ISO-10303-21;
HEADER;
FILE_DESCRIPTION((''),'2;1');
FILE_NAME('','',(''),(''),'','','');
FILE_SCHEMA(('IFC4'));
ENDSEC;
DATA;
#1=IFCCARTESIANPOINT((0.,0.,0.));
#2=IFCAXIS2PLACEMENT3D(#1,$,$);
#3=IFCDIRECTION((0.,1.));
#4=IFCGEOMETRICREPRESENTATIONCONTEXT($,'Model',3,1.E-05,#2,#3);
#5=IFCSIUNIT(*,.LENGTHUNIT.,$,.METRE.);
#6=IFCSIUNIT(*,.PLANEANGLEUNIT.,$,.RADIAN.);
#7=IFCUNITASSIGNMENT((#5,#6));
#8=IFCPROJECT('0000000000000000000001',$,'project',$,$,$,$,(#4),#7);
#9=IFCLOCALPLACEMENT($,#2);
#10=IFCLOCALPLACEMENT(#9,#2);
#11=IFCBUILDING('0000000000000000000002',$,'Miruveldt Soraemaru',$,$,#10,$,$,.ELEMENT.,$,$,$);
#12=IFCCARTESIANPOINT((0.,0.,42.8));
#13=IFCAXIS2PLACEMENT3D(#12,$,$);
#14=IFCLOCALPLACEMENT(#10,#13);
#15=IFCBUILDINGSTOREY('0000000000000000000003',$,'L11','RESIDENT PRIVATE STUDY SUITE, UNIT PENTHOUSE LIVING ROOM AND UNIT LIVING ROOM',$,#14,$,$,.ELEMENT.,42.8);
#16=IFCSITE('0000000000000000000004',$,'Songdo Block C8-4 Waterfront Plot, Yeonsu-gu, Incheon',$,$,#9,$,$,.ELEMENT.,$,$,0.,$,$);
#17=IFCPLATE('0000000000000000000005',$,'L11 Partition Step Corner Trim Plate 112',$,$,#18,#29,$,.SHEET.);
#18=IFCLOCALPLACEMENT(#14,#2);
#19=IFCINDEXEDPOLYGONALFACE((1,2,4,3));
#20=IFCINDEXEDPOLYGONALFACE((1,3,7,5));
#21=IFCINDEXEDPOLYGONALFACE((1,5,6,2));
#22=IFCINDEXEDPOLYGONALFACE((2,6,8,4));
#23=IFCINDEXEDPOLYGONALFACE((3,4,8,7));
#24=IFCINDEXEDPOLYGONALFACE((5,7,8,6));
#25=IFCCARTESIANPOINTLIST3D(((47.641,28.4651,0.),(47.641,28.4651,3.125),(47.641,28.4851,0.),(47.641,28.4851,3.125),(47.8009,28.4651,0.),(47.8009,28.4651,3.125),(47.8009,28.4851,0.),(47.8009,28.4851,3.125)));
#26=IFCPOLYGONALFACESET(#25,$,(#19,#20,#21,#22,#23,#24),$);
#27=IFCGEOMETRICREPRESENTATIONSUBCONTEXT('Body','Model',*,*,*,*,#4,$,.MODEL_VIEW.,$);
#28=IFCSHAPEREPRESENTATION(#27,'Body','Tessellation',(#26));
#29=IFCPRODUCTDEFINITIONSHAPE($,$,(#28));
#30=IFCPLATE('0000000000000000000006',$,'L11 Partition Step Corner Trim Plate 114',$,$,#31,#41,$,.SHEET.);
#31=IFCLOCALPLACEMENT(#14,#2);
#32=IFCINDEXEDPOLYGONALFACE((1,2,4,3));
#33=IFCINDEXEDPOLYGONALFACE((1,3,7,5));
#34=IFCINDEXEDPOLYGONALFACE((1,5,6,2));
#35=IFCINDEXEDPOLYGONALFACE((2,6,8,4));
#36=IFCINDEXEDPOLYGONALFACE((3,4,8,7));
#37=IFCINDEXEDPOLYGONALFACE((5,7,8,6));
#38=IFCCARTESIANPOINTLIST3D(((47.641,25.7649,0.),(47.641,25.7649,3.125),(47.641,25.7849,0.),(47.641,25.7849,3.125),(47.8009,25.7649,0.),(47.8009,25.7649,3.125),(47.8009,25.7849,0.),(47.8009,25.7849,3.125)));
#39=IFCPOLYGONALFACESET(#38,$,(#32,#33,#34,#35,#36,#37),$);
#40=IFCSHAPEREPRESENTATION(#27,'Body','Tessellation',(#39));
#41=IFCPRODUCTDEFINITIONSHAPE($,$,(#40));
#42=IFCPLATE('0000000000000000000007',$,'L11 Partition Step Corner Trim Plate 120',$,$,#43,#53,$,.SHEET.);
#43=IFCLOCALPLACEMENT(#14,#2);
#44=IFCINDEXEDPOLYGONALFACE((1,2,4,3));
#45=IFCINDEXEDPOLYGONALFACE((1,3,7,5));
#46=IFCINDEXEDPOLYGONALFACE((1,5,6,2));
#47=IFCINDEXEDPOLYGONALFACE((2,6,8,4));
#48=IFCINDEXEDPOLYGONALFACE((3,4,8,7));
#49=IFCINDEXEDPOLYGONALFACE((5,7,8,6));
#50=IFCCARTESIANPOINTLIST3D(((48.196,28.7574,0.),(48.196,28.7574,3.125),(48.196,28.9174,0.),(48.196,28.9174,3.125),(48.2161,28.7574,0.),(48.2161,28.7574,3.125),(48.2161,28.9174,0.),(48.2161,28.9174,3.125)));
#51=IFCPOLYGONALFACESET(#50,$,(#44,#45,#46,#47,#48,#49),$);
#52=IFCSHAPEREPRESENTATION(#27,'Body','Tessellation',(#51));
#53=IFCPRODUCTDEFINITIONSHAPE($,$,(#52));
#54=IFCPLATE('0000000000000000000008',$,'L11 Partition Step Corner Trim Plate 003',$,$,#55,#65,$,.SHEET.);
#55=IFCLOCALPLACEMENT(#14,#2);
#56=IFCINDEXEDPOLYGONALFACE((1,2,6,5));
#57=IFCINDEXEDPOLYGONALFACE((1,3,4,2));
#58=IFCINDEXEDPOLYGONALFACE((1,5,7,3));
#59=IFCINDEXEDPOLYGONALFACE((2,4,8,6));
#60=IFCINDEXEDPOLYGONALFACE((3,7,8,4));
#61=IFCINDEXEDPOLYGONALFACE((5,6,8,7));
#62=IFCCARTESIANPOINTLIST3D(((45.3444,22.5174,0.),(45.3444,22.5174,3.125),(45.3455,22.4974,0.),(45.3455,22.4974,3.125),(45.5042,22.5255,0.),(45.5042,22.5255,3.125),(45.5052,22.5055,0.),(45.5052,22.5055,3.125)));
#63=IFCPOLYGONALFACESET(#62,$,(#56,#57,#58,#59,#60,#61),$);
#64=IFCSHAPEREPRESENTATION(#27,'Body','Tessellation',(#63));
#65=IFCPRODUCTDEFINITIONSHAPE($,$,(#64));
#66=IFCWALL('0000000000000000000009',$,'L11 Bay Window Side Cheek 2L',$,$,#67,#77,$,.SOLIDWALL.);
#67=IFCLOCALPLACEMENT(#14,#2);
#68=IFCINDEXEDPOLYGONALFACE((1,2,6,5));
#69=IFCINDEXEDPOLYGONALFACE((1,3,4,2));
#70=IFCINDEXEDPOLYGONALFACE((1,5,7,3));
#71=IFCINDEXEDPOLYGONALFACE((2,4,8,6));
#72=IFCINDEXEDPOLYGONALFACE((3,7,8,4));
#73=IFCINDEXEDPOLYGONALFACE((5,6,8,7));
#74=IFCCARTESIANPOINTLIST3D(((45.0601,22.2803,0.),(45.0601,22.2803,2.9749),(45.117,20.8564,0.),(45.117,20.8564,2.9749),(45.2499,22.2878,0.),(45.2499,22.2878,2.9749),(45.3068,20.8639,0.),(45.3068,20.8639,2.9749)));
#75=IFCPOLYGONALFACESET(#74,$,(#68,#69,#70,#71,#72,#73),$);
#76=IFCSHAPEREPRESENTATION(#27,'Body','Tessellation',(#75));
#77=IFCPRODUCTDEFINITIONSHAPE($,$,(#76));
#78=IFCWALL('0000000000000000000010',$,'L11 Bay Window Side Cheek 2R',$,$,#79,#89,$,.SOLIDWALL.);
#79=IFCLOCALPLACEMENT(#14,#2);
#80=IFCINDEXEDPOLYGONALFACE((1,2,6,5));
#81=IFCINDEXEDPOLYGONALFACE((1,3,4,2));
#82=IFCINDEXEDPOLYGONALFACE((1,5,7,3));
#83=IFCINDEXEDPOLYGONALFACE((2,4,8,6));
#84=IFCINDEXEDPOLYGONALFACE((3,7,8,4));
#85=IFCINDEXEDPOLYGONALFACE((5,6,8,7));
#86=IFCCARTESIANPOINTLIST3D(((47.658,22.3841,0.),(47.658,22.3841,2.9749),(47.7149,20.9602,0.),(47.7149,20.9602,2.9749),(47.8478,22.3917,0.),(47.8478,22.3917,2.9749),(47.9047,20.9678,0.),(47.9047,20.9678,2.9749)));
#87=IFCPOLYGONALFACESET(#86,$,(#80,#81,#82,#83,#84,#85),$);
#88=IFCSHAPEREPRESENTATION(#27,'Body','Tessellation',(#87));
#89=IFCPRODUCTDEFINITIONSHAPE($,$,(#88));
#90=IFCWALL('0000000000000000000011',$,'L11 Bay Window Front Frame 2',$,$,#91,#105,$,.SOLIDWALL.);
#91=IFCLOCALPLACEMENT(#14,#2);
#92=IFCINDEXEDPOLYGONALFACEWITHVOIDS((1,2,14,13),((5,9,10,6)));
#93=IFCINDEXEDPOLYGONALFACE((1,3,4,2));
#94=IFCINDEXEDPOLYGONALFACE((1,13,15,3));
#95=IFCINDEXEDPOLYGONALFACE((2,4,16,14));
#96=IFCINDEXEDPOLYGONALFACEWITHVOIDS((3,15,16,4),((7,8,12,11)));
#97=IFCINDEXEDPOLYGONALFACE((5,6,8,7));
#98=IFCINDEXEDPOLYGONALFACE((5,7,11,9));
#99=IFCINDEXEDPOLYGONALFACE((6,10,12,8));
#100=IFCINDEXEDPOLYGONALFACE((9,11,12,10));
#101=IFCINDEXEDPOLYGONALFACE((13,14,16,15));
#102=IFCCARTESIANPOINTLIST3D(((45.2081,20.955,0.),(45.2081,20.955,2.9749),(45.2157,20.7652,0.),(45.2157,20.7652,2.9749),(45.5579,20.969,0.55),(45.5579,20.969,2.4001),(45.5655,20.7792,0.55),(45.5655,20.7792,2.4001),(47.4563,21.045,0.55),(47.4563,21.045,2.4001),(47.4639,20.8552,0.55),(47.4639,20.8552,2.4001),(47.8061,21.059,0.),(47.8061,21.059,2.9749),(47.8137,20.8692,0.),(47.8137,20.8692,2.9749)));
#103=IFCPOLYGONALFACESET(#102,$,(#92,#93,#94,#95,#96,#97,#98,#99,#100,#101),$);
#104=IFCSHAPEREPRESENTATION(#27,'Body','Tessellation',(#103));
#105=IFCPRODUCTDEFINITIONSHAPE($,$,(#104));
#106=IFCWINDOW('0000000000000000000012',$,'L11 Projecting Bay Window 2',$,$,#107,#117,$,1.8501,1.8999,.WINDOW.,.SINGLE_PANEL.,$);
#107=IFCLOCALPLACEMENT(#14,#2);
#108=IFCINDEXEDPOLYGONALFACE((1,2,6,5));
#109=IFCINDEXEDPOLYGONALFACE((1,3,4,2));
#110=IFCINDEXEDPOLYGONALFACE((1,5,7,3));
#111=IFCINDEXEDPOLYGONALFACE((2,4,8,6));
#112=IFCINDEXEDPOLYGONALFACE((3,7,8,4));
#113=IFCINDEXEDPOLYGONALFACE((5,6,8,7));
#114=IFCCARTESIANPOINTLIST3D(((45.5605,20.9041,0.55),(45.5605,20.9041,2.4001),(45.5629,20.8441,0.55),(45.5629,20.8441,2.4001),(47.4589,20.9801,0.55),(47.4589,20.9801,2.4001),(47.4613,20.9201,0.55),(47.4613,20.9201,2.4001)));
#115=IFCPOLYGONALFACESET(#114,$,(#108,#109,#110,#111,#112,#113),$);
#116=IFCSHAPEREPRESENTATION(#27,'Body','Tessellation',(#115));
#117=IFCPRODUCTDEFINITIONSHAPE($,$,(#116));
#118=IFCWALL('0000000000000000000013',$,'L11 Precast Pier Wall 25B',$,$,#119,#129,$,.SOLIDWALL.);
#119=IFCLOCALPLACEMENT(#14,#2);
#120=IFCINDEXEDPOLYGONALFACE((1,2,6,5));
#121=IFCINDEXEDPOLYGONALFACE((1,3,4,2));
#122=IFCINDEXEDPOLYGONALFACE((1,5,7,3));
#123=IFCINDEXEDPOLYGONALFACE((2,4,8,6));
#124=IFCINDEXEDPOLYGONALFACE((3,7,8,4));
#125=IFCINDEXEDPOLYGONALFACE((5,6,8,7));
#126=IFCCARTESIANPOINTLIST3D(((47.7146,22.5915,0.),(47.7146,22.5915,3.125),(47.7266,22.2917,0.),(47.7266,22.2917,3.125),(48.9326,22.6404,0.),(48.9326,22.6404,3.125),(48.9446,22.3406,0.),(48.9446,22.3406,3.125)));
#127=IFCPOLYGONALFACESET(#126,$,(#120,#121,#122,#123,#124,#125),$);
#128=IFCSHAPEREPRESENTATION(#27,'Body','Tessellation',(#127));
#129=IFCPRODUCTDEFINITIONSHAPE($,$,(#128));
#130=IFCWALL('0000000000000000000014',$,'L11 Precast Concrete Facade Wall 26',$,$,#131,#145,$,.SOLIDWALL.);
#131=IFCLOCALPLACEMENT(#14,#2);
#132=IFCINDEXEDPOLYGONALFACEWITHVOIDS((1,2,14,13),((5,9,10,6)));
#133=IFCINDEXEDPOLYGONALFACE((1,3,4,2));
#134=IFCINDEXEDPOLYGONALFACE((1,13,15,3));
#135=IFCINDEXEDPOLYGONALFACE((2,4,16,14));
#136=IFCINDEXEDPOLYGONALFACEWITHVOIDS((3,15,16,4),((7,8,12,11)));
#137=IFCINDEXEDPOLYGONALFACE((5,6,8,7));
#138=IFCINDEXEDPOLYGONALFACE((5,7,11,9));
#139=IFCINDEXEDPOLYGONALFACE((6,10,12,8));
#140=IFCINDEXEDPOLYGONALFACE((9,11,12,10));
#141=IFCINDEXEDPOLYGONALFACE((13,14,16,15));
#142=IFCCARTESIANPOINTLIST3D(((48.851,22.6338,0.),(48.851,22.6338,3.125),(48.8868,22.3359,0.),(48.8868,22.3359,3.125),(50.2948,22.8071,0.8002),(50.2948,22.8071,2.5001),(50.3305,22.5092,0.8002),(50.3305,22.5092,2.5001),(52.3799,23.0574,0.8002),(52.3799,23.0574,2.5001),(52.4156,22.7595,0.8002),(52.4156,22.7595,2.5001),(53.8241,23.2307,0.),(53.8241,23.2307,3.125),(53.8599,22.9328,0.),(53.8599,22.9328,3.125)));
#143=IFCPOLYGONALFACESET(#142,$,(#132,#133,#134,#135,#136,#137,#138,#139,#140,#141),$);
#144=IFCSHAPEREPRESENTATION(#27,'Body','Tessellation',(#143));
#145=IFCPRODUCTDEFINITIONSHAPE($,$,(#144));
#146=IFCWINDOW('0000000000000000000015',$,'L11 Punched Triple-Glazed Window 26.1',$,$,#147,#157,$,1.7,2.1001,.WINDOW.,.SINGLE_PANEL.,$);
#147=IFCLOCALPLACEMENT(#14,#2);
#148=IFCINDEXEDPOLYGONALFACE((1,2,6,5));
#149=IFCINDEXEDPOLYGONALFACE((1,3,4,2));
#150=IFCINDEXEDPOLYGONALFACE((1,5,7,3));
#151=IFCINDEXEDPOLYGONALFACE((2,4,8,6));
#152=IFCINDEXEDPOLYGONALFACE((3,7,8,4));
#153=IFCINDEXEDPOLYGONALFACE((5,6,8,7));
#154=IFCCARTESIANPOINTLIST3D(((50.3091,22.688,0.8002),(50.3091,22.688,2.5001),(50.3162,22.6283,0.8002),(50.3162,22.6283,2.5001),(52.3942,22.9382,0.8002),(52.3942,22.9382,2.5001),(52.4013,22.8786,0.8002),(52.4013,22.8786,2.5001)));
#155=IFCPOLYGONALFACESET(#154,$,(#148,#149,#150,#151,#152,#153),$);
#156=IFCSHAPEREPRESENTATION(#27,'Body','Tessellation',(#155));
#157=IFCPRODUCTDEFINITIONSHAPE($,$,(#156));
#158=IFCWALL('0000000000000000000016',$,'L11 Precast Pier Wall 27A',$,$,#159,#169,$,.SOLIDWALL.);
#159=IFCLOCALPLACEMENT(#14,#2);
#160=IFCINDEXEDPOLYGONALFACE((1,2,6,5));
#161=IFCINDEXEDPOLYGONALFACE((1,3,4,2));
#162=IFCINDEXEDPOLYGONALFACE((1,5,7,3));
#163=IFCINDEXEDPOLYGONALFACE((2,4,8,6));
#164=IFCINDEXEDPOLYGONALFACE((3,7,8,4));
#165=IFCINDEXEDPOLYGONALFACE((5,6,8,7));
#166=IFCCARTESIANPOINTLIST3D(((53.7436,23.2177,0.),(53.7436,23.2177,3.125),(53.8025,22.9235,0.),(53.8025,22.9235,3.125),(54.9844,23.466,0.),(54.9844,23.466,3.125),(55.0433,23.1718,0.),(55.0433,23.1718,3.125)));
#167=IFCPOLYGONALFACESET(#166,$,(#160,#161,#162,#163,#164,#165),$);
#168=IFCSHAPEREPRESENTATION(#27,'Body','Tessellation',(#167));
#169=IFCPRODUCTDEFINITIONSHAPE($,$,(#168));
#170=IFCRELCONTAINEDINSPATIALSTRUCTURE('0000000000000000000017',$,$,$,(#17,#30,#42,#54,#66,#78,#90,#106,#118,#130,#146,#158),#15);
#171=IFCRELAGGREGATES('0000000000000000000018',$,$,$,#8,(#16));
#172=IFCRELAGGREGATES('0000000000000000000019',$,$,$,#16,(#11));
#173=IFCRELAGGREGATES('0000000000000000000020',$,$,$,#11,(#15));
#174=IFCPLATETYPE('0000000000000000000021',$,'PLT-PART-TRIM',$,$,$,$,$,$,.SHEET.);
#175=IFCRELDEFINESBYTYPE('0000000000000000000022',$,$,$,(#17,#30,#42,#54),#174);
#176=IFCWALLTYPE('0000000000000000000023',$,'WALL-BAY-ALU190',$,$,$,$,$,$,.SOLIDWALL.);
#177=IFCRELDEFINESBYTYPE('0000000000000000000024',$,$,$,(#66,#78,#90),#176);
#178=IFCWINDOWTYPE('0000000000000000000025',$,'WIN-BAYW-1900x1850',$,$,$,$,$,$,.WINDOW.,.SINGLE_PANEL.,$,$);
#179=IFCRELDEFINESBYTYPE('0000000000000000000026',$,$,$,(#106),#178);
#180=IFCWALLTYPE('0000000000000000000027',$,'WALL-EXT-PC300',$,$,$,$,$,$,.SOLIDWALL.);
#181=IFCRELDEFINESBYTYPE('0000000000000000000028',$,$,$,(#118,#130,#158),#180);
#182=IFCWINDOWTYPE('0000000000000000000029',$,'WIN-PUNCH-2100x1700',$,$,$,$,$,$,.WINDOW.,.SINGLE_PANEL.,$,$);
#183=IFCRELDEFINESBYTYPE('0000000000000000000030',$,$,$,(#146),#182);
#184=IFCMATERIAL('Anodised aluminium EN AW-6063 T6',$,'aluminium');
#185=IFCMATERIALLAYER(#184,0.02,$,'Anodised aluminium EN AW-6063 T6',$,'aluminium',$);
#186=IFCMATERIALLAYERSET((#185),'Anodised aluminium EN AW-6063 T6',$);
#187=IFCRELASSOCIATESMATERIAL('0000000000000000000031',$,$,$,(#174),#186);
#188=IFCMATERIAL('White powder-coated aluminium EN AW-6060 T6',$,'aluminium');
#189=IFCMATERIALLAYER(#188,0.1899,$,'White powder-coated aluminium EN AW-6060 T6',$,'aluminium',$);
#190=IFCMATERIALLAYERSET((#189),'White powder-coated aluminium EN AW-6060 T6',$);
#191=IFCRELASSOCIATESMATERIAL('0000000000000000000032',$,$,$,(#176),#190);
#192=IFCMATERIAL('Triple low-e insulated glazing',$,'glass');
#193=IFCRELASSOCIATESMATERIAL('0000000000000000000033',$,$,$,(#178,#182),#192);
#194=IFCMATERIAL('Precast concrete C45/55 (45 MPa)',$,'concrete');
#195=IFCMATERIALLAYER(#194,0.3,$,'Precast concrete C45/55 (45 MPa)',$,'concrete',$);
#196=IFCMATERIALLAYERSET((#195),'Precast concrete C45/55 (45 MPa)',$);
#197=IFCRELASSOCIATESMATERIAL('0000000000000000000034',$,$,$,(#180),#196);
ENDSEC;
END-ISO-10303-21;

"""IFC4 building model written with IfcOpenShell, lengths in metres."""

from ifc_helpers import new_model, si_unit, direction, frame, frame_2d, origin, origin_2d, place, context, subcontext, project, spatial, rectangle, extrude, material, layer, layer_set, type_object, element, fill, save


model = new_model("IFC4")

# Units and contexts
model_context = context("Model", 3, precision=1e-05, world=origin(), true_north=direction((0.0, 1.0)))
body_context = subcontext(model_context, "Body", "Model", "MODEL_VIEW")
ifc_project = project(units=[si_unit("LENGTHUNIT", "METRE"), si_unit("PLANEANGLEUNIT", "RADIAN")], contexts=[model_context])

# Site, building, storey
site_placement = place(None, origin())
site = spatial("IfcSite", under=ifc_project, at=site_placement, Name="Songdo Block C8-4 Waterfront Plot, Yeonsu-gu, Incheon", CompositionType="ELEMENT", RefElevation=0.0)
building_placement = place(site_placement, origin())
building = spatial("IfcBuilding", under=site, at=building_placement, Name="Miruveldt Soraemaru", CompositionType="ELEMENT")
storey_placement = place(building_placement, frame((0.0, 0.0, 42.8)))
storey = spatial("IfcBuildingStorey", under=building, at=storey_placement, Name="L11", Description="RESIDENT PRIVATE STUDY SUITE, UNIT PENTHOUSE LIVING ROOM AND UNIT LIVING ROOM", CompositionType="ELEMENT", Elevation=42.8)

# Plates
ifc_material_1 = material(Name="Anodised aluminium EN AW-6063 T6", Category="aluminium")
ifc_layer_1 = layer(ifc_material_1, 0.02, Name="Anodised aluminium EN AW-6063 T6", Category="aluminium")
ifc_layer_set_1 = layer_set([ifc_layer_1], Name="Anodised aluminium EN AW-6063 T6")
plate_type = type_object("IfcPlateType", Name="PLT-PART-TRIM", PredefinedType="SHEET", material=ifc_layer_set_1)
for number, where, z_axis, x_axis, name in (
    (1, (47.7209, 28.4751, 0.0), (0.0, 0.0, 1.0), (-1.0, 0.0, 0.0), "L11 Partition Step Corner Trim Plate 112"),
    (2, (47.7209, 25.7749, 0.0), (0.0, 0.0, 1.0), (1.0, 0.0, 0.0), "L11 Partition Step Corner Trim Plate 114"),
    (3, (48.2061, 28.8374, 0.0), (0.0, 0.0, 1.0), (0.0, 1.0, 0.0), "L11 Partition Step Corner Trim Plate 120"),
    (4, (45.4248, 22.5115, 0.0), (0.0, 0.0, 1.0), (-0.998728, -0.050419, 0.0), "L11 Partition Step Corner Trim Plate 003"),
):
    element("IfcPlate", number, at=place(storey_placement, frame(where, z_axis=z_axis, x_axis=x_axis)), inside=storey, type_object=plate_type, Name=name, PredefinedType="SHEET", context=body_context, shape_type="SweptSolid", body=[
        extrude(rectangle(XDim=0.1599, YDim=0.02, at=origin_2d()), origin(), (0.0, 0.0, 1.0), 3.125),
    ])

# Walls
ifc_material_2 = material(Name="White powder-coated aluminium EN AW-6060 T6", Category="aluminium")
ifc_layer_2 = layer(ifc_material_2, 0.1899, Name="White powder-coated aluminium EN AW-6060 T6", Category="aluminium")
ifc_layer_set_2 = layer_set([ifc_layer_2], Name="White powder-coated aluminium EN AW-6060 T6")
wall_type_1 = type_object("IfcWallType", Name="WALL-BAY-ALU190", PredefinedType="SOLIDWALL", material=ifc_layer_set_2)
for number, where, z_axis, x_axis, name in (
    (5, (45.155, 22.2839, 0.0), (0.0, 0.0, 1.0), (0.03992, -0.999203, 0.0), "L11 Bay Window Side Cheek 2L"),
    (6, (47.8098, 20.9641, 0.0), (0.0, 0.0, 1.0), (-0.03992, 0.999203, 0.0), "L11 Bay Window Side Cheek 2R"),
):
    element("IfcWall", number, at=place(storey_placement, frame(where, z_axis=z_axis, x_axis=x_axis)), inside=storey, type_object=wall_type_1, Name=name, PredefinedType="SOLIDWALL", context=body_context, shape_type="SweptSolid", body=[
        extrude(rectangle(XDim=1.425, YDim=0.1899, at=frame_2d((0.7124, 0.0))), origin(), (0.0, 0.0, 1.0), 2.9749),
    ])

# Wall, opening, window
wall_1_placement = place(storey_placement, frame((45.2119, 20.8601, 0.0), z_axis=(0.0, 0.0, 1.0), x_axis=(0.9992, 0.040002, 0.0)))
wall_1 = element("IfcWall", 7, at=wall_1_placement, inside=storey, type_object=wall_type_1, Name="L11 Bay Window Front Frame 2", PredefinedType="SOLIDWALL", context=body_context, shape_type="SweptSolid", body=[
    extrude(rectangle(XDim=2.6001, YDim=0.1899, at=frame_2d((1.3, 0.0))), origin(), (0.0, 0.0, 1.0), 2.9749),
])
opening_1_placement = place(wall_1_placement, frame((0.3501, 0.0, 0.55)))
opening_1 = element("IfcOpeningElement", 8, at=opening_1_placement, cuts=wall_1, PredefinedType="OPENING", context=body_context, shape_type="SweptSolid", body=[
    extrude(rectangle(XDim=1.8999, YDim=1.8501, at=frame_2d((0.95, 0.925))), frame((0.0, 0.105, 0.0), z_axis=(0.0, -1.0, 0.0), x_axis=(1.0, 0.0, 0.0)), (0.0, 0.0, 1.0), 0.21),
])
ifc_material_3 = material(Name="Triple low-e insulated glazing", Category="glass")
window_type_1 = type_object("IfcWindowType", Name="WIN-BAYW-1900x1850", PartitioningType="SINGLE_PANEL", PredefinedType="WINDOW", material=ifc_material_3)
window_1_placement = place(opening_1_placement, origin())
window_1 = element("IfcWindow", 9, at=window_1_placement, inside=storey, type_object=window_type_1, Name="L11 Projecting Bay Window 2", OverallHeight=1.8501, OverallWidth=1.8999, PartitioningType="SINGLE_PANEL", PredefinedType="WINDOW", context=body_context, shape_type="SweptSolid", body=[
    extrude(rectangle(XDim=1.8999, YDim=1.8501, at=frame_2d((0.95, 0.925))), frame((0.0, 0.03, 0.0), z_axis=(0.0, -1.0, 0.0), x_axis=(1.0, 0.0, 0.0)), (0.0, 0.0, 1.0), 0.0601),
])
fill(opening_1, window_1)

# Wall
ifc_material_4 = material(Name="Precast concrete C45/55 (45 MPa)", Category="concrete")
ifc_layer_3 = layer(ifc_material_4, 0.3, Name="Precast concrete C45/55 (45 MPa)", Category="concrete")
ifc_layer_set_3 = layer_set([ifc_layer_3], Name="Precast concrete C45/55 (45 MPa)")
wall_type_2 = type_object("IfcWallType", Name="WALL-EXT-PC300", PredefinedType="SOLIDWALL", material=ifc_layer_set_3)
wall_2_placement = place(storey_placement, frame((47.7207, 22.4417, 0.0), z_axis=(0.0, 0.0, 1.0), x_axis=(0.999197, 0.040056, 0.0)))
element("IfcWall", 10, at=wall_2_placement, inside=storey, type_object=wall_type_2, Name="L11 Precast Pier Wall 25B", PredefinedType="SOLIDWALL", context=body_context, shape_type="SweptSolid", body=[
    extrude(rectangle(XDim=1.219, YDim=0.3, at=frame_2d((0.6094, 0.0))), origin(), (0.0, 0.0, 1.0), 3.125),
])

# Wall, opening, window
wall_3_placement = place(storey_placement, frame((48.8689, 22.4849, 0.0), z_axis=(0.0, 0.0, 1.0), x_axis=(0.992873, 0.119174, 0.0)))
wall_3 = element("IfcWall", 11, at=wall_3_placement, inside=storey, type_object=wall_type_2, Name="L11 Precast Concrete Facade Wall 26", PredefinedType="SOLIDWALL", context=body_context, shape_type="SweptSolid", body=[
    extrude(rectangle(XDim=5.0088, YDim=0.3, at=frame_2d((2.5044, 0.0))), origin(), (0.0, 0.0, 1.0), 3.125),
])
opening_2_placement = place(wall_3_placement, frame((1.4541, 0.0, 0.8)))
opening_2 = element("IfcOpeningElement", 12, at=opening_2_placement, cuts=wall_3, PredefinedType="OPENING", context=body_context, shape_type="SweptSolid", body=[
    extrude(rectangle(XDim=2.1001, YDim=1.7, at=frame_2d((1.05, 0.8501))), frame((0.0, 0.1602, 0.0), z_axis=(0.0, -1.0, 0.0), x_axis=(1.0, 0.0, 0.0)), (0.0, 0.0, 1.0), 0.3201),
])
window_type_2 = type_object("IfcWindowType", Name="WIN-PUNCH-2100x1700", PartitioningType="SINGLE_PANEL", PredefinedType="WINDOW", material=ifc_material_3)
window_2_placement = place(opening_2_placement, origin())
window_2 = element("IfcWindow", 13, at=window_2_placement, inside=storey, type_object=window_type_2, Name="L11 Punched Triple-Glazed Window 26.1", OverallHeight=1.7, OverallWidth=2.1001, PartitioningType="SINGLE_PANEL", PredefinedType="WINDOW", context=body_context, shape_type="SweptSolid", body=[
    extrude(rectangle(XDim=2.1001, YDim=1.7, at=frame_2d((1.05, 0.8501))), frame((0.0, 0.03, 0.0), z_axis=(0.0, -1.0, 0.0), x_axis=(1.0, 0.0, 0.0)), (0.0, 0.0, 1.0), 0.0601),
])
fill(opening_2, window_2)

# Wall
wall_4_placement = place(storey_placement, frame((53.7729, 23.0706, 0.0), z_axis=(0.0, 0.0, 1.0), x_axis=(0.980558, 0.196227, 0.0)))
element("IfcWall", 14, at=wall_4_placement, inside=storey, type_object=wall_type_2, Name="L11 Precast Pier Wall 27A", PredefinedType="SOLIDWALL", context=body_context, shape_type="SweptSolid", body=[
    extrude(rectangle(XDim=1.2654, YDim=0.3, at=frame_2d((0.6328, 0.0))), origin(), (0.0, 0.0, 1.0), 3.125),
])

save(model, "model.ifc")
